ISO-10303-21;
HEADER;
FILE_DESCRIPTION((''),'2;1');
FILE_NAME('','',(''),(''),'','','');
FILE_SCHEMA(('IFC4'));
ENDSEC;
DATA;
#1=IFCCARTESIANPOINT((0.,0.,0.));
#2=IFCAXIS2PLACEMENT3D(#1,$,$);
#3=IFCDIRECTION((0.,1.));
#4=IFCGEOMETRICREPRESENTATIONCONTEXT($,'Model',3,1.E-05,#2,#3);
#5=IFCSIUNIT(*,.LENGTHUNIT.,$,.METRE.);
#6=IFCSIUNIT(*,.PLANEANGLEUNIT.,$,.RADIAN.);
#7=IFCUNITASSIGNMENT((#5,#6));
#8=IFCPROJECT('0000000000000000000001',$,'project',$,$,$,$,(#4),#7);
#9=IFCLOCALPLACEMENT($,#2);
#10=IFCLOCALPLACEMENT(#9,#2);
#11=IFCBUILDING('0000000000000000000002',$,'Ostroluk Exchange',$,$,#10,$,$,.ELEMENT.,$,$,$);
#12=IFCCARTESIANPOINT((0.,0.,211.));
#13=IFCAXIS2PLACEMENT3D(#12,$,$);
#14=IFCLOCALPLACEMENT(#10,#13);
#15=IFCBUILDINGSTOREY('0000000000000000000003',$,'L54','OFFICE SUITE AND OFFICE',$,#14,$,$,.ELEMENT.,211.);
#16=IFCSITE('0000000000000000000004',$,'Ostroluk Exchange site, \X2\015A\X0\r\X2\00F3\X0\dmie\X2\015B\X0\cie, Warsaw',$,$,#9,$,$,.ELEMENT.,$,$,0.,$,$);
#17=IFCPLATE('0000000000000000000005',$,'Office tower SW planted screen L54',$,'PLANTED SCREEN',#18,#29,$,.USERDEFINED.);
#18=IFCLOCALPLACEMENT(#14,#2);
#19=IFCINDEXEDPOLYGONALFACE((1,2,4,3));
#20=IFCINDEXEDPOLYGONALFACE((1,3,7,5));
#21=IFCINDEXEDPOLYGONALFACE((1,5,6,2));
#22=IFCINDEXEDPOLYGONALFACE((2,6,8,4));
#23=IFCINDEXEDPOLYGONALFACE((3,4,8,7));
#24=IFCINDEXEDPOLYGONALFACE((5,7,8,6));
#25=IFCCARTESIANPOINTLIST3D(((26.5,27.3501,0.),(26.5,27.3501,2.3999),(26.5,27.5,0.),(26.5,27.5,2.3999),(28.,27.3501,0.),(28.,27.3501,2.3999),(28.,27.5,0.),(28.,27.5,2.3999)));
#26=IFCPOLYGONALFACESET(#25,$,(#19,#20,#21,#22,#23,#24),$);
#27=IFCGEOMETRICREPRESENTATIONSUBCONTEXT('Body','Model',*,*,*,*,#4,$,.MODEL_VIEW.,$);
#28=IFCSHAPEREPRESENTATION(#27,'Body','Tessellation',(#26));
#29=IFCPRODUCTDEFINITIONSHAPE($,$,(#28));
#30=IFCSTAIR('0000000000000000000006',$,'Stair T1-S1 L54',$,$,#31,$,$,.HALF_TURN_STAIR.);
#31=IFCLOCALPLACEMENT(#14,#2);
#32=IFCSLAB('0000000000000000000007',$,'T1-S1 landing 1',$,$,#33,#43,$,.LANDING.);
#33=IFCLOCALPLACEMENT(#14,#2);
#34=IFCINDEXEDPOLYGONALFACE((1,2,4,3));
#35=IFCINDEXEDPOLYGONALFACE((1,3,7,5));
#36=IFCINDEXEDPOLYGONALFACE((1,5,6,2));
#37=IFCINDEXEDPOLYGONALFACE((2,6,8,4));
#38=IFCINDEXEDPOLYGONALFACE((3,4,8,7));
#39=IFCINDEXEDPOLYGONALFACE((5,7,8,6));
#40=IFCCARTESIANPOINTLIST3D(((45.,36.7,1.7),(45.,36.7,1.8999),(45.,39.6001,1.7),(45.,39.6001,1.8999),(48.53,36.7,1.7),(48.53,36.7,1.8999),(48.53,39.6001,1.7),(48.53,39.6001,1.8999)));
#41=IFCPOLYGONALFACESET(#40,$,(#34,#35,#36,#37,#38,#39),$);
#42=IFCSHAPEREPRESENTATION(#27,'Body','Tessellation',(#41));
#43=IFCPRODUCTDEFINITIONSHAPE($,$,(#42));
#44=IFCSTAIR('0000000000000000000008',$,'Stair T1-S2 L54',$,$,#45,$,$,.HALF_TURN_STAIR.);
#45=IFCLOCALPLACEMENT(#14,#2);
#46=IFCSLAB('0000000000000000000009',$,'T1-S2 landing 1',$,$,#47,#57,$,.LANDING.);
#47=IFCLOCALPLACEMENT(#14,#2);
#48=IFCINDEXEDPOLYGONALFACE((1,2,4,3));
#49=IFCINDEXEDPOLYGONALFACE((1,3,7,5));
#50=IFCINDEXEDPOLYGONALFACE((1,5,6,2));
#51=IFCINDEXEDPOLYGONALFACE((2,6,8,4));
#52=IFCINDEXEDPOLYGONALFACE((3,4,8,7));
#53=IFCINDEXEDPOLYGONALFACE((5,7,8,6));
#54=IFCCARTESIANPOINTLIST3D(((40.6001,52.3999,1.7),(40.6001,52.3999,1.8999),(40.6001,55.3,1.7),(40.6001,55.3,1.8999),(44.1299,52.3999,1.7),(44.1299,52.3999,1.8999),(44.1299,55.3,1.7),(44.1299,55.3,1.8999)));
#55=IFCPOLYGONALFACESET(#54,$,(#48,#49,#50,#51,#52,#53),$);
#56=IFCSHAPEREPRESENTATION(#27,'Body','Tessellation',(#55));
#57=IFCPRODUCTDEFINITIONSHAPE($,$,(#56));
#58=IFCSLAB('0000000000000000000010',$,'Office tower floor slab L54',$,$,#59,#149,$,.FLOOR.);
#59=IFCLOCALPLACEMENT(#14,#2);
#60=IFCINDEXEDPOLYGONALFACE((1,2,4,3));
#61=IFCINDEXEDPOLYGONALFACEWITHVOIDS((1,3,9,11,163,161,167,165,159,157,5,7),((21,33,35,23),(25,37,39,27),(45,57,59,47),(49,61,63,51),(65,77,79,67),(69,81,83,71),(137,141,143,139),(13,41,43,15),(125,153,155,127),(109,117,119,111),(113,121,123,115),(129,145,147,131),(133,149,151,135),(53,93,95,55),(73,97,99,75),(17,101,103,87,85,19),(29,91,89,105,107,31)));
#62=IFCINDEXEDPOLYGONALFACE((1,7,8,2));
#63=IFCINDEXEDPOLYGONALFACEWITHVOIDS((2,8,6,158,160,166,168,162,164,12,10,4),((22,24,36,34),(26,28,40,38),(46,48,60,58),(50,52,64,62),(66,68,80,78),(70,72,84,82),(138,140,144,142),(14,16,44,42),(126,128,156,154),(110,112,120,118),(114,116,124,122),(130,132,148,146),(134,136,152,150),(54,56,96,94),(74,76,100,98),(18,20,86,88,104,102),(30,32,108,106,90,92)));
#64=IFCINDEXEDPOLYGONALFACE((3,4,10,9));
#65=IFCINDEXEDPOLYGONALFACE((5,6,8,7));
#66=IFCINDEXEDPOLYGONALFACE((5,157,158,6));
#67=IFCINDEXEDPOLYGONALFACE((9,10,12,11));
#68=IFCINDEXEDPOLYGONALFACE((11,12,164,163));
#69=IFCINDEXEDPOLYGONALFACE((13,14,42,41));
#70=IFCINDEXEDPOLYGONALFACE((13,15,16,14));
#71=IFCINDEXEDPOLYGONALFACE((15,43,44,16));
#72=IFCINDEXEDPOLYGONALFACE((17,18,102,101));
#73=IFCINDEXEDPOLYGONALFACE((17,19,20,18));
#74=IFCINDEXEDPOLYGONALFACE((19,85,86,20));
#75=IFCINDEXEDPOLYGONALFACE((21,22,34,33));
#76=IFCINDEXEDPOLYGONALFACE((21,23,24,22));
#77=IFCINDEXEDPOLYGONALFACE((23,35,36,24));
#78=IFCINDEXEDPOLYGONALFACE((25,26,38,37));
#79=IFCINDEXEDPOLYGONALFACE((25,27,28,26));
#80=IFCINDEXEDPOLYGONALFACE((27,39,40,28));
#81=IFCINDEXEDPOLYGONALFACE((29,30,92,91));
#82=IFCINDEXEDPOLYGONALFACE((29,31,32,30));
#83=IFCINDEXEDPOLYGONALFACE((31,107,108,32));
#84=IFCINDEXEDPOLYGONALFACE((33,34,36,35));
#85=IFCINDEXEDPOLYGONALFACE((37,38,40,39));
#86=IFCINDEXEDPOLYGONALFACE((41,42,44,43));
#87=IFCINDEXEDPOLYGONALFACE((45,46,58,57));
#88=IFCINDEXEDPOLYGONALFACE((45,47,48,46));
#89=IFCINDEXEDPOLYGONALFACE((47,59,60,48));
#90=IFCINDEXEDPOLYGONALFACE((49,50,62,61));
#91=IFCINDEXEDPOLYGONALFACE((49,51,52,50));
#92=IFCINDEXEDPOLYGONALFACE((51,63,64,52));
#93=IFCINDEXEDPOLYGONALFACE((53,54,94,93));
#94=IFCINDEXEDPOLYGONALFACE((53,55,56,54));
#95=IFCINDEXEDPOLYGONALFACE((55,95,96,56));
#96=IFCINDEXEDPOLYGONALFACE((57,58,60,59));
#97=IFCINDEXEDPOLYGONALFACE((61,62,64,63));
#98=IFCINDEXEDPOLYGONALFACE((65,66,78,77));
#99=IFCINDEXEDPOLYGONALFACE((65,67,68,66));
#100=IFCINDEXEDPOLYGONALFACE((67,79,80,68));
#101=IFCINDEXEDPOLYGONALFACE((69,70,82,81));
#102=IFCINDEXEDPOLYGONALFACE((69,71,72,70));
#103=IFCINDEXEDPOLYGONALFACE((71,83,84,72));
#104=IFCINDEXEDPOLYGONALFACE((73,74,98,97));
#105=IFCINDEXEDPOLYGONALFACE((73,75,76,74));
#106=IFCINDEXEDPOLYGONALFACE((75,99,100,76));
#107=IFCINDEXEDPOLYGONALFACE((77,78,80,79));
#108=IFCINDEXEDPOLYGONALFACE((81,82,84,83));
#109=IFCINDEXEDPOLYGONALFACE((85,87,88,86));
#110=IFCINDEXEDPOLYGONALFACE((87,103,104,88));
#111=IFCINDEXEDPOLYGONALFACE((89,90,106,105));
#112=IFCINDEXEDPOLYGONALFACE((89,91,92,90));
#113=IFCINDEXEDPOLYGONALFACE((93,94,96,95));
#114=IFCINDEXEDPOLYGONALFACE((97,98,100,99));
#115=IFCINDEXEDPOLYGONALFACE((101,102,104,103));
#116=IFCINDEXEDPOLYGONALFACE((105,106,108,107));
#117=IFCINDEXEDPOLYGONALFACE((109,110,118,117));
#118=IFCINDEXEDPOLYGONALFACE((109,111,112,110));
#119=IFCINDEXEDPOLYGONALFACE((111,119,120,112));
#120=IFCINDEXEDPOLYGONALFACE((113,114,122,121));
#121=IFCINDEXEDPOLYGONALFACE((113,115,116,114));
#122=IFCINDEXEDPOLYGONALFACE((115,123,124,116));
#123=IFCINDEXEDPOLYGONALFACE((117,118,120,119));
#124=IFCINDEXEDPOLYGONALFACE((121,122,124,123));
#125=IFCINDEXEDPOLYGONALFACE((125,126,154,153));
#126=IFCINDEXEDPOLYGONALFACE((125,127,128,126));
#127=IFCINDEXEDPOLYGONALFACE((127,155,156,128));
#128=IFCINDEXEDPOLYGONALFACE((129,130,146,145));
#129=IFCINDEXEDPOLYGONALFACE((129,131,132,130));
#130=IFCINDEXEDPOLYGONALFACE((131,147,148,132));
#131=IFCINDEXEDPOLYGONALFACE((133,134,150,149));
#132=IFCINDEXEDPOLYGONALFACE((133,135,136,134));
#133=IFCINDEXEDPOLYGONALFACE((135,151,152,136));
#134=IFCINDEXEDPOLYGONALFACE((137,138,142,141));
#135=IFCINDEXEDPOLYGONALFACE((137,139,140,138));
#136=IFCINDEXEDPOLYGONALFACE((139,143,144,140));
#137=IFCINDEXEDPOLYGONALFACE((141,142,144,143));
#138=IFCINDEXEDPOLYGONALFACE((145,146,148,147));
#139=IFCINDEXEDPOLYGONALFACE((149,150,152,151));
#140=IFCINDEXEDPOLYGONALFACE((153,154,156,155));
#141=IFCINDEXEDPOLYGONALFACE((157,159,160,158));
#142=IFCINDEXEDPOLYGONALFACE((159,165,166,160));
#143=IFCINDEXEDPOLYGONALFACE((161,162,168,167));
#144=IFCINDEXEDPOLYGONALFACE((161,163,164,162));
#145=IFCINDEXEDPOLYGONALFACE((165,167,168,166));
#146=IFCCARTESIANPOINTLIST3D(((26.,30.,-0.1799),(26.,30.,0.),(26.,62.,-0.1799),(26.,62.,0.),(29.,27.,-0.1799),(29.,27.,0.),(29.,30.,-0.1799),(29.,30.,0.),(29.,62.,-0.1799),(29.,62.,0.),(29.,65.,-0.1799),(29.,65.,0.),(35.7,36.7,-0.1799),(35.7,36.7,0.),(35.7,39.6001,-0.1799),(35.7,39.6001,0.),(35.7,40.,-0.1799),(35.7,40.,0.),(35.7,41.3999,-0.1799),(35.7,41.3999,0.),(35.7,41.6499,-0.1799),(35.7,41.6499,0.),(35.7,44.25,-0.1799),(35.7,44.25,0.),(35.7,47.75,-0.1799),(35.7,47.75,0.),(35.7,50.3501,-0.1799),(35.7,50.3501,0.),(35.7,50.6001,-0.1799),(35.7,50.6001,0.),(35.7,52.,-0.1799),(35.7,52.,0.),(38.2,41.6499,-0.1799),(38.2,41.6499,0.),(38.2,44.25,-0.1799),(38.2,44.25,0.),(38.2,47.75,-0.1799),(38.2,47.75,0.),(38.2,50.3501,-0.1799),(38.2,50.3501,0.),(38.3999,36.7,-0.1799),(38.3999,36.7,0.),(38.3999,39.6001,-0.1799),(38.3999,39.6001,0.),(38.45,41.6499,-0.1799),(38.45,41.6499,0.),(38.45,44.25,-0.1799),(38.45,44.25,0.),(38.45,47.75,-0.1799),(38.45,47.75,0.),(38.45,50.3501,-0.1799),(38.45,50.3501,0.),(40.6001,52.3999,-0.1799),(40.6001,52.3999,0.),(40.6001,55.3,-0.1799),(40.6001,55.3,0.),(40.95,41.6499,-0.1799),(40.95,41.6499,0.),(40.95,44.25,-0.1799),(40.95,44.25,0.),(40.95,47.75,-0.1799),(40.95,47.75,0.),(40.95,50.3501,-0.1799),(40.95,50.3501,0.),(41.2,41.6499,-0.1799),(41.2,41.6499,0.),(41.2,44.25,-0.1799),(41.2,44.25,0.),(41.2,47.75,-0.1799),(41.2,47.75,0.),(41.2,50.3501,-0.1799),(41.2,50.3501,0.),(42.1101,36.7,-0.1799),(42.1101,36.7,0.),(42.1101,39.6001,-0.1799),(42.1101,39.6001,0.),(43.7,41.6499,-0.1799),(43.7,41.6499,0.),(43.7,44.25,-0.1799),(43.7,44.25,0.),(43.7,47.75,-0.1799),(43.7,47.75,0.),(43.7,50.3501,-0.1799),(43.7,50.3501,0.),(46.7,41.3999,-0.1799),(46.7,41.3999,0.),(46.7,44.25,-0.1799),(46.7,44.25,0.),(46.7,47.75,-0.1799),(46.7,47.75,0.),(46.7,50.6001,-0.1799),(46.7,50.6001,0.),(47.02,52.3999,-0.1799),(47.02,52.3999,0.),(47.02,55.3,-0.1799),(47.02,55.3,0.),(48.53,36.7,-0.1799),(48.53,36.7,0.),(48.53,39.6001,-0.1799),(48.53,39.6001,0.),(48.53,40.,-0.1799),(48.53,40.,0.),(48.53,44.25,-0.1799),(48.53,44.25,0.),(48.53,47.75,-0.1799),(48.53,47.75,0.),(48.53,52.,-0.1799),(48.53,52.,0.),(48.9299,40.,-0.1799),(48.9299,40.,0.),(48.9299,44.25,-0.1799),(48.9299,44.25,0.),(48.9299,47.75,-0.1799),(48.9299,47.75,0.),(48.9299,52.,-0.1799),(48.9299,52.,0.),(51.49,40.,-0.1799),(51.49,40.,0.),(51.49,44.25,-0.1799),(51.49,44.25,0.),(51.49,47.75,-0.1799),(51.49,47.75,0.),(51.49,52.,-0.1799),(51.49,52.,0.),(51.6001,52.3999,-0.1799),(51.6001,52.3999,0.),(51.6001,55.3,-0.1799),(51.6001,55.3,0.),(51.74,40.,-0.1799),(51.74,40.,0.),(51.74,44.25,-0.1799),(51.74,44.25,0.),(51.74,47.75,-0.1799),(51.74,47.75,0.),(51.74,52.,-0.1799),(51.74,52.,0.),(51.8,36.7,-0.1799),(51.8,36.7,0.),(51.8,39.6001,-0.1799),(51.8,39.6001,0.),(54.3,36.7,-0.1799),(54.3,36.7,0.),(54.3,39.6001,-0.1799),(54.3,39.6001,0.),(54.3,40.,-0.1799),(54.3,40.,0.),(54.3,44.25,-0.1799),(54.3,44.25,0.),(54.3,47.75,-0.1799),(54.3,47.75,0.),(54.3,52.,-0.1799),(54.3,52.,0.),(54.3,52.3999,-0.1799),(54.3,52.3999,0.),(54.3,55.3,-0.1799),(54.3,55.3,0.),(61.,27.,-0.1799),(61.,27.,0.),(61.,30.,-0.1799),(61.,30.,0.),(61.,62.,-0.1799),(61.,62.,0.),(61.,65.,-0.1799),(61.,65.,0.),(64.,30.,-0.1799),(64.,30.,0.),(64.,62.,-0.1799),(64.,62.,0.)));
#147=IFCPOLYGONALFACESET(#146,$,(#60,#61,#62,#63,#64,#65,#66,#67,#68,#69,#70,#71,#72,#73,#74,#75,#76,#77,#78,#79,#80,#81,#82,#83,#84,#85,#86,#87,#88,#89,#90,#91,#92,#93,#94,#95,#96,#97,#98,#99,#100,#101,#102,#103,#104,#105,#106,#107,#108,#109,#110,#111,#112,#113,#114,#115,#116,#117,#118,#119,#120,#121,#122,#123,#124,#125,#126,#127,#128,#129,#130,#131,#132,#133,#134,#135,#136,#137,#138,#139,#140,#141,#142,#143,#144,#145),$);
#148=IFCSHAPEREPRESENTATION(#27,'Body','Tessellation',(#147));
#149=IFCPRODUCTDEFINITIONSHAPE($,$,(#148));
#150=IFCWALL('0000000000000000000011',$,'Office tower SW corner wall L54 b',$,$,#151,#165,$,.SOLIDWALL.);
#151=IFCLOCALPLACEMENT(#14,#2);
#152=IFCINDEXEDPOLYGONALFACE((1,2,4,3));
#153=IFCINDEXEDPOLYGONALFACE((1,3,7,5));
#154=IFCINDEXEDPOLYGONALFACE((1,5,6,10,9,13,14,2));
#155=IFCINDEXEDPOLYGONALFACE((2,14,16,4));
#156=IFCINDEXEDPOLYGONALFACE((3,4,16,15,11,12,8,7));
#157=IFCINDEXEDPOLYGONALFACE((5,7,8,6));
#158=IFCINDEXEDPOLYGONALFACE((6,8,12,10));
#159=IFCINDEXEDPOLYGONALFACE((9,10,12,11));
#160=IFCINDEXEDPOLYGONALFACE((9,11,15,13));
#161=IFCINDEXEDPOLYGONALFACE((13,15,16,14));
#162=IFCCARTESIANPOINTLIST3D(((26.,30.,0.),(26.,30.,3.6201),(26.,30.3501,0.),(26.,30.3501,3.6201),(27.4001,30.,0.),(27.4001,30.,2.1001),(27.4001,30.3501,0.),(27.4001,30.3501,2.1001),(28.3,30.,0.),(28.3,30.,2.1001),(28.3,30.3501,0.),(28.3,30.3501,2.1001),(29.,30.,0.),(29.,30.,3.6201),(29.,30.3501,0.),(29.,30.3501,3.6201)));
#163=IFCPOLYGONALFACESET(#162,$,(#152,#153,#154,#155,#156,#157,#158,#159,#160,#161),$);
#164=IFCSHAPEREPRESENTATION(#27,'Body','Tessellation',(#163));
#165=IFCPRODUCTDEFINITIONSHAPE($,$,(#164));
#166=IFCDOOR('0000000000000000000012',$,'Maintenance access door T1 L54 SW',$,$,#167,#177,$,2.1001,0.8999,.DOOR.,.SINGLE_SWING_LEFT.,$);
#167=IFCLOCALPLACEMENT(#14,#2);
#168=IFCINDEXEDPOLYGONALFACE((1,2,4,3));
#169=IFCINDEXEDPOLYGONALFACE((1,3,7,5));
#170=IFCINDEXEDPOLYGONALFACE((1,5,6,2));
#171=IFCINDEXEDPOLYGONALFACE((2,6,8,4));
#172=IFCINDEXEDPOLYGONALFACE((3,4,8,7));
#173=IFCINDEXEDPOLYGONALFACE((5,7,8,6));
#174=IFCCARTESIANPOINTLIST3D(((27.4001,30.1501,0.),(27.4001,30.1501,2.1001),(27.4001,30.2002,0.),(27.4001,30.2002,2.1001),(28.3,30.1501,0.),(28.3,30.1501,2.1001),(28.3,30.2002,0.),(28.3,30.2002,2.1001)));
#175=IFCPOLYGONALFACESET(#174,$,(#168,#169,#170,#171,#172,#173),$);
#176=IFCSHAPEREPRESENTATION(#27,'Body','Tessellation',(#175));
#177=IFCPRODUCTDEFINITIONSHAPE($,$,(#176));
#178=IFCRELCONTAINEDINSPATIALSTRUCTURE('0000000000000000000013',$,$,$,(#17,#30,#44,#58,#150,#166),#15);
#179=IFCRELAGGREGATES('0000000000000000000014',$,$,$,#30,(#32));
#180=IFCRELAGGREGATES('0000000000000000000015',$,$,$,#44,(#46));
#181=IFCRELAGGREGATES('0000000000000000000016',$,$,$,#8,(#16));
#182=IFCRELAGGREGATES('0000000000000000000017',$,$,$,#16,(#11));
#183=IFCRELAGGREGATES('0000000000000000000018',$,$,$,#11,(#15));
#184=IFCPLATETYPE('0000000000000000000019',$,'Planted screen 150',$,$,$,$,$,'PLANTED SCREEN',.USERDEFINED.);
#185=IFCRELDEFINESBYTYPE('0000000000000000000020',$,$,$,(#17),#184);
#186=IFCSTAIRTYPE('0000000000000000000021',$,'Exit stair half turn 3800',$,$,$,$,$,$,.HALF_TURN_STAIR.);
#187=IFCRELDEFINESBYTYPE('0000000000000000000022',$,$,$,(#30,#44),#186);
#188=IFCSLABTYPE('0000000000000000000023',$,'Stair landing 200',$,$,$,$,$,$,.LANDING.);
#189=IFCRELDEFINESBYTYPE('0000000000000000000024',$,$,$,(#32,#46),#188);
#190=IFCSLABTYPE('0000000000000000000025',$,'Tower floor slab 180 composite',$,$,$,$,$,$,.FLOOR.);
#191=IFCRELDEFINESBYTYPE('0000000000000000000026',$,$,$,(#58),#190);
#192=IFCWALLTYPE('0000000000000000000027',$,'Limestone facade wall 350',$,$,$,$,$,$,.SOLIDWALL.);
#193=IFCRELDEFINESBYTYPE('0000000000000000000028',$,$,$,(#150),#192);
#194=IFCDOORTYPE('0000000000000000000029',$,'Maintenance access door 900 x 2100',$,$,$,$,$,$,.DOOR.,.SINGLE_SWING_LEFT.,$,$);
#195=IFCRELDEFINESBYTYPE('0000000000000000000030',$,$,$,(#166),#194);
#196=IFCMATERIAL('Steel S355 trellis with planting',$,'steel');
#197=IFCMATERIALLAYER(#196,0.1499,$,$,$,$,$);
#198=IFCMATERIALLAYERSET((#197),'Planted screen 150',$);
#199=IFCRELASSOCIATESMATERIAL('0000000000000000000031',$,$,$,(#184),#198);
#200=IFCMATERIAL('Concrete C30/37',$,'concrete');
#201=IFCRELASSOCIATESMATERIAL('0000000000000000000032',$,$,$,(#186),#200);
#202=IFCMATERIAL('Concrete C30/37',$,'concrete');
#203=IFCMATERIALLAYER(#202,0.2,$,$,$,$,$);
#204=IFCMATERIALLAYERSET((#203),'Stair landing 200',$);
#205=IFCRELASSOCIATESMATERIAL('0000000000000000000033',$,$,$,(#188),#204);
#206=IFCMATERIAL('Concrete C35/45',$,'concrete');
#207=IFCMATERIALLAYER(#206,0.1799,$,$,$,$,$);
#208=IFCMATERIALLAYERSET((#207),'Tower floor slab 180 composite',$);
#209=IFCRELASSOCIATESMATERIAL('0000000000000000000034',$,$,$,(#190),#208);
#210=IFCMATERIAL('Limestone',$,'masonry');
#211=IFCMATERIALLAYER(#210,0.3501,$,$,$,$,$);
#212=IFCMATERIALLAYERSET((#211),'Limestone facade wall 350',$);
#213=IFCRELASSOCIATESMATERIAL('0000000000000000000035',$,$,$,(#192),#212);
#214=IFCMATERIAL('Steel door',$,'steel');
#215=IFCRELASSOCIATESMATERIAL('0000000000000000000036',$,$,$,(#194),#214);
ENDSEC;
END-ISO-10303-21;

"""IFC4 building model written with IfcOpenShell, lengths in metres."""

from ifc_helpers import new_model, si_unit, direction, frame, frame_2d, origin, origin_2d, place, context, subcontext, project, spatial, polyline, rectangle, outline, extrude, material, layer, layer_set, type_object, element, fill, aggregate, save


model = new_model("IFC4")

# Units and contexts
model_context = context("Model", 3, precision=1e-05, world=origin(), true_north=direction((0.0, 1.0)))
body_context = subcontext(model_context, "Body", "Model", "MODEL_VIEW")
ifc_project = project(units=[si_unit("LENGTHUNIT", "METRE"), si_unit("PLANEANGLEUNIT", "RADIAN")], contexts=[model_context])

# Site, building, storey
site_placement = place(None, origin())
site = spatial("IfcSite", under=ifc_project, at=site_placement, Name="Ostroluk Exchange site, Śródmieście, Warsaw", CompositionType="ELEMENT", RefElevation=0.0)
building_placement = place(site_placement, origin())
building = spatial("IfcBuilding", under=site, at=building_placement, Name="Ostroluk Exchange", CompositionType="ELEMENT")
storey_placement = place(building_placement, frame((0.0, 0.0, 211.0)))
storey = spatial("IfcBuildingStorey", under=building, at=storey_placement, Name="L54", Description="OFFICE SUITE AND OFFICE", CompositionType="ELEMENT", Elevation=211.0)

# Plate
ifc_material_1 = material(Name="Steel S355 trellis with planting", Category="steel")
ifc_layer_1 = layer(ifc_material_1, 0.1499)
ifc_layer_set_1 = layer_set([ifc_layer_1], Name="Planted screen 150")
plate_type = type_object("IfcPlateType", Name="Planted screen 150", ElementType="PLANTED SCREEN", PredefinedType="USERDEFINED", material=ifc_layer_set_1)
plate_placement = place(storey_placement, frame((27.25, 27.425, 0.0), z_axis=(0.0, 0.0, 1.0), x_axis=(1.0, 0.0, 0.0)))
element("IfcPlate", 1, at=plate_placement, inside=storey, type_object=plate_type, Name="Office tower SW planted screen L54", ObjectType="PLANTED SCREEN", PredefinedType="USERDEFINED", context=body_context, shape_type="SweptSolid", body=[
    extrude(rectangle(XDim=1.5, YDim=0.1499, at=origin_2d()), origin(), (0.0, 0.0, 1.0), 2.3999),
])

# Stairs, slabs
ifc_material_2 = material(Name="Concrete C30/37", Category="concrete")
stair_type = type_object("IfcStairType", Name="Exit stair half turn 3800", PredefinedType="HALF_TURN_STAIR", material=ifc_material_2)
stair_1_placement = place(storey_placement, origin())
stair_1 = element("IfcStair", 2, at=stair_1_placement, inside=storey, type_object=stair_type, Name="Stair T1-S1 L54", PredefinedType="HALF_TURN_STAIR")
ifc_material_3 = material(Name="Concrete C30/37", Category="concrete")
ifc_layer_2 = layer(ifc_material_3, 0.2)
ifc_layer_set_2 = layer_set([ifc_layer_2], Name="Stair landing 200")
slab_type_1 = type_object("IfcSlabType", Name="Stair landing 200", PredefinedType="LANDING", material=ifc_layer_set_2)
slab_1_placement = place(storey_placement, frame((0.0, 0.0, 1.7)))
slab_1 = element("IfcSlab", 3, at=slab_1_placement, type_object=slab_type_1, Name="T1-S1 landing 1", PredefinedType="LANDING", context=body_context, shape_type="SweptSolid", body=[
    extrude(outline(polyline([(45.0, 36.7), (45.0, 39.6001), (48.53, 39.6001), (48.53, 36.7), (45.0, 36.7)])), origin(), (0.0, 0.0, 1.0), 0.2),
])
aggregate(stair_1, [slab_1])
stair_2_placement = place(storey_placement, origin())
stair_2 = element("IfcStair", 4, at=stair_2_placement, inside=storey, type_object=stair_type, Name="Stair T1-S2 L54", PredefinedType="HALF_TURN_STAIR")
slab_2_placement = place(storey_placement, frame((0.0, 0.0, 1.7)))
slab_2 = element("IfcSlab", 5, at=slab_2_placement, type_object=slab_type_1, Name="T1-S2 landing 1", PredefinedType="LANDING", context=body_context, shape_type="SweptSolid", body=[
    extrude(outline(polyline([(44.1299, 52.3999), (44.1299, 55.3), (40.6001, 55.3), (40.6001, 52.3999), (44.1299, 52.3999)])), origin(), (0.0, 0.0, 1.0), 0.2),
])
aggregate(stair_2, [slab_2])

# Slab
ifc_material_4 = material(Name="Concrete C35/45", Category="concrete")
ifc_layer_3 = layer(ifc_material_4, 0.1799)
ifc_layer_set_3 = layer_set([ifc_layer_3], Name="Tower floor slab 180 composite")
slab_type_2 = type_object("IfcSlabType", Name="Tower floor slab 180 composite", PredefinedType="FLOOR", material=ifc_layer_set_3)
slab_3_placement = place(storey_placement, frame((0.0, 0.0, -0.1799)))
element("IfcSlab", 6, at=slab_3_placement, inside=storey, type_object=slab_type_2, Name="Office tower floor slab L54", PredefinedType="FLOOR", context=body_context, shape_type="SweptSolid", body=[
    extrude(outline(polyline([(29.0, 27.0), (61.0, 27.0), (61.0, 30.0), (64.0, 30.0), (64.0, 62.0), (61.0, 62.0), (61.0, 65.0), (29.0, 65.0), (29.0, 62.0), (26.0, 62.0), (26.0, 30.0), (29.0, 30.0), (29.0, 27.0)]), holes=[polyline([(35.7, 36.7), (38.3999, 36.7), (38.3999, 39.6001), (35.7, 39.6001), (35.7, 36.7)]), polyline([(42.1101, 36.7), (48.53, 36.7), (48.53, 39.6001), (42.1101, 39.6001), (42.1101, 36.7)]), polyline([(51.8, 36.7), (54.3, 36.7), (54.3, 39.6001), (51.8, 39.6001), (51.8, 36.7)]), polyline([(40.6001, 52.3999), (47.02, 52.3999), (47.02, 55.3), (40.6001, 55.3), (40.6001, 52.3999)]), polyline([(51.6001, 52.3999), (54.3, 52.3999), (54.3, 55.3), (51.6001, 55.3), (51.6001, 52.3999)]), polyline([(35.7, 47.75), (38.2, 47.75), (38.2, 50.3501), (35.7, 50.3501), (35.7, 47.75)]), polyline([(38.45, 47.75), (40.95, 47.75), (40.95, 50.3501), (38.45, 50.3501), (38.45, 47.75)]), polyline([(41.2, 47.75), (43.7, 47.75), (43.7, 50.3501), (41.2, 50.3501), (41.2, 47.75)]), polyline([(35.7, 41.6499), (38.2, 41.6499), (38.2, 44.25), (35.7, 44.25), (35.7, 41.6499)]), polyline([(38.45, 41.6499), (40.95, 41.6499), (40.95, 44.25), (38.45, 44.25), (38.45, 41.6499)]), polyline([(41.2, 41.6499), (43.7, 41.6499), (43.7, 44.25), (41.2, 44.25), (41.2, 41.6499)]), polyline([(48.9299, 47.75), (51.49, 47.75), (51.49, 52.0), (48.9299, 52.0), (48.9299, 47.75)]), polyline([(51.74, 47.75), (54.3, 47.75), (54.3, 52.0), (51.74, 52.0), (51.74, 47.75)]), polyline([(48.9299, 40.0), (51.49, 40.0), (51.49, 44.25), (48.9299, 44.25), (48.9299, 40.0)]), polyline([(51.74, 40.0), (54.3, 40.0), (54.3, 44.25), (51.74, 44.25), (51.74, 40.0)]), polyline([(48.53, 52.0), (48.53, 47.75), (46.7, 47.75), (46.7, 50.6001), (35.7, 50.6001), (35.7, 52.0), (48.53, 52.0)]), polyline([(35.7, 40.0), (35.7, 41.3999), (46.7, 41.3999), (46.7, 44.25), (48.53, 44.25), (48.53, 40.0), (35.7, 40.0)])]), origin(), (0.0, 0.0, 1.0), 0.1799),
])

# Wall, opening, door
ifc_material_5 = material(Name="Limestone", Category="masonry")
ifc_layer_4 = layer(ifc_material_5, 0.3501)
ifc_layer_set_4 = layer_set([ifc_layer_4], Name="Limestone facade wall 350")
wall_type = type_object("IfcWallType", Name="Limestone facade wall 350", PredefinedType="SOLIDWALL", material=ifc_layer_set_4)
wall_placement = place(storey_placement, frame((29.0, 30.175, 0.0), z_axis=(0.0, 0.0, 1.0), x_axis=(-1.0, 0.0, 0.0)))
wall = element("IfcWall", 7, at=wall_placement, inside=storey, type_object=wall_type, Name="Office tower SW corner wall L54 b", PredefinedType="SOLIDWALL", context=body_context, shape_type="SweptSolid", body=[
    extrude(rectangle(XDim=3.0, YDim=0.3501, at=frame_2d((1.5, 0.0))), origin(), (0.0, 0.0, 1.0), 3.6201),
])
opening_placement = place(wall_placement, frame((0.7, 0.0, 0.0)))
opening = element("IfcOpeningElement", 8, at=opening_placement, cuts=wall, PredefinedType="OPENING", context=body_context, shape_type="SweptSolid", body=[
    extrude(rectangle(XDim=0.8999, YDim=2.1001, at=frame_2d((0.45, 1.05))), frame((0.0, 0.1851, 0.0), z_axis=(0.0, -1.0, 0.0), x_axis=(1.0, 0.0, 0.0)), (0.0, 0.0, 1.0), 0.3701),
])
ifc_material_6 = material(Name="Steel door", Category="steel")
door_type = type_object("IfcDoorType", Name="Maintenance access door 900 x 2100", OperationType="SINGLE_SWING_LEFT", PredefinedType="DOOR", material=ifc_material_6)
door_placement = place(opening_placement, origin())
door = element("IfcDoor", 9, at=door_placement, inside=storey, type_object=door_type, Name="Maintenance access door T1 L54 SW", OperationType="SINGLE_SWING_LEFT", OverallHeight=2.1001, OverallWidth=0.8999, PredefinedType="DOOR", context=body_context, shape_type="SweptSolid", body=[
    extrude(rectangle(XDim=0.8999, YDim=2.1001, at=frame_2d((0.45, 1.05))), frame((0.0, 0.0249, 0.0), z_axis=(0.0, -1.0, 0.0), x_axis=(1.0, 0.0, 0.0)), (0.0, 0.0, 1.0), 0.05),
])
fill(opening, door)

save(model, "model.ifc")
